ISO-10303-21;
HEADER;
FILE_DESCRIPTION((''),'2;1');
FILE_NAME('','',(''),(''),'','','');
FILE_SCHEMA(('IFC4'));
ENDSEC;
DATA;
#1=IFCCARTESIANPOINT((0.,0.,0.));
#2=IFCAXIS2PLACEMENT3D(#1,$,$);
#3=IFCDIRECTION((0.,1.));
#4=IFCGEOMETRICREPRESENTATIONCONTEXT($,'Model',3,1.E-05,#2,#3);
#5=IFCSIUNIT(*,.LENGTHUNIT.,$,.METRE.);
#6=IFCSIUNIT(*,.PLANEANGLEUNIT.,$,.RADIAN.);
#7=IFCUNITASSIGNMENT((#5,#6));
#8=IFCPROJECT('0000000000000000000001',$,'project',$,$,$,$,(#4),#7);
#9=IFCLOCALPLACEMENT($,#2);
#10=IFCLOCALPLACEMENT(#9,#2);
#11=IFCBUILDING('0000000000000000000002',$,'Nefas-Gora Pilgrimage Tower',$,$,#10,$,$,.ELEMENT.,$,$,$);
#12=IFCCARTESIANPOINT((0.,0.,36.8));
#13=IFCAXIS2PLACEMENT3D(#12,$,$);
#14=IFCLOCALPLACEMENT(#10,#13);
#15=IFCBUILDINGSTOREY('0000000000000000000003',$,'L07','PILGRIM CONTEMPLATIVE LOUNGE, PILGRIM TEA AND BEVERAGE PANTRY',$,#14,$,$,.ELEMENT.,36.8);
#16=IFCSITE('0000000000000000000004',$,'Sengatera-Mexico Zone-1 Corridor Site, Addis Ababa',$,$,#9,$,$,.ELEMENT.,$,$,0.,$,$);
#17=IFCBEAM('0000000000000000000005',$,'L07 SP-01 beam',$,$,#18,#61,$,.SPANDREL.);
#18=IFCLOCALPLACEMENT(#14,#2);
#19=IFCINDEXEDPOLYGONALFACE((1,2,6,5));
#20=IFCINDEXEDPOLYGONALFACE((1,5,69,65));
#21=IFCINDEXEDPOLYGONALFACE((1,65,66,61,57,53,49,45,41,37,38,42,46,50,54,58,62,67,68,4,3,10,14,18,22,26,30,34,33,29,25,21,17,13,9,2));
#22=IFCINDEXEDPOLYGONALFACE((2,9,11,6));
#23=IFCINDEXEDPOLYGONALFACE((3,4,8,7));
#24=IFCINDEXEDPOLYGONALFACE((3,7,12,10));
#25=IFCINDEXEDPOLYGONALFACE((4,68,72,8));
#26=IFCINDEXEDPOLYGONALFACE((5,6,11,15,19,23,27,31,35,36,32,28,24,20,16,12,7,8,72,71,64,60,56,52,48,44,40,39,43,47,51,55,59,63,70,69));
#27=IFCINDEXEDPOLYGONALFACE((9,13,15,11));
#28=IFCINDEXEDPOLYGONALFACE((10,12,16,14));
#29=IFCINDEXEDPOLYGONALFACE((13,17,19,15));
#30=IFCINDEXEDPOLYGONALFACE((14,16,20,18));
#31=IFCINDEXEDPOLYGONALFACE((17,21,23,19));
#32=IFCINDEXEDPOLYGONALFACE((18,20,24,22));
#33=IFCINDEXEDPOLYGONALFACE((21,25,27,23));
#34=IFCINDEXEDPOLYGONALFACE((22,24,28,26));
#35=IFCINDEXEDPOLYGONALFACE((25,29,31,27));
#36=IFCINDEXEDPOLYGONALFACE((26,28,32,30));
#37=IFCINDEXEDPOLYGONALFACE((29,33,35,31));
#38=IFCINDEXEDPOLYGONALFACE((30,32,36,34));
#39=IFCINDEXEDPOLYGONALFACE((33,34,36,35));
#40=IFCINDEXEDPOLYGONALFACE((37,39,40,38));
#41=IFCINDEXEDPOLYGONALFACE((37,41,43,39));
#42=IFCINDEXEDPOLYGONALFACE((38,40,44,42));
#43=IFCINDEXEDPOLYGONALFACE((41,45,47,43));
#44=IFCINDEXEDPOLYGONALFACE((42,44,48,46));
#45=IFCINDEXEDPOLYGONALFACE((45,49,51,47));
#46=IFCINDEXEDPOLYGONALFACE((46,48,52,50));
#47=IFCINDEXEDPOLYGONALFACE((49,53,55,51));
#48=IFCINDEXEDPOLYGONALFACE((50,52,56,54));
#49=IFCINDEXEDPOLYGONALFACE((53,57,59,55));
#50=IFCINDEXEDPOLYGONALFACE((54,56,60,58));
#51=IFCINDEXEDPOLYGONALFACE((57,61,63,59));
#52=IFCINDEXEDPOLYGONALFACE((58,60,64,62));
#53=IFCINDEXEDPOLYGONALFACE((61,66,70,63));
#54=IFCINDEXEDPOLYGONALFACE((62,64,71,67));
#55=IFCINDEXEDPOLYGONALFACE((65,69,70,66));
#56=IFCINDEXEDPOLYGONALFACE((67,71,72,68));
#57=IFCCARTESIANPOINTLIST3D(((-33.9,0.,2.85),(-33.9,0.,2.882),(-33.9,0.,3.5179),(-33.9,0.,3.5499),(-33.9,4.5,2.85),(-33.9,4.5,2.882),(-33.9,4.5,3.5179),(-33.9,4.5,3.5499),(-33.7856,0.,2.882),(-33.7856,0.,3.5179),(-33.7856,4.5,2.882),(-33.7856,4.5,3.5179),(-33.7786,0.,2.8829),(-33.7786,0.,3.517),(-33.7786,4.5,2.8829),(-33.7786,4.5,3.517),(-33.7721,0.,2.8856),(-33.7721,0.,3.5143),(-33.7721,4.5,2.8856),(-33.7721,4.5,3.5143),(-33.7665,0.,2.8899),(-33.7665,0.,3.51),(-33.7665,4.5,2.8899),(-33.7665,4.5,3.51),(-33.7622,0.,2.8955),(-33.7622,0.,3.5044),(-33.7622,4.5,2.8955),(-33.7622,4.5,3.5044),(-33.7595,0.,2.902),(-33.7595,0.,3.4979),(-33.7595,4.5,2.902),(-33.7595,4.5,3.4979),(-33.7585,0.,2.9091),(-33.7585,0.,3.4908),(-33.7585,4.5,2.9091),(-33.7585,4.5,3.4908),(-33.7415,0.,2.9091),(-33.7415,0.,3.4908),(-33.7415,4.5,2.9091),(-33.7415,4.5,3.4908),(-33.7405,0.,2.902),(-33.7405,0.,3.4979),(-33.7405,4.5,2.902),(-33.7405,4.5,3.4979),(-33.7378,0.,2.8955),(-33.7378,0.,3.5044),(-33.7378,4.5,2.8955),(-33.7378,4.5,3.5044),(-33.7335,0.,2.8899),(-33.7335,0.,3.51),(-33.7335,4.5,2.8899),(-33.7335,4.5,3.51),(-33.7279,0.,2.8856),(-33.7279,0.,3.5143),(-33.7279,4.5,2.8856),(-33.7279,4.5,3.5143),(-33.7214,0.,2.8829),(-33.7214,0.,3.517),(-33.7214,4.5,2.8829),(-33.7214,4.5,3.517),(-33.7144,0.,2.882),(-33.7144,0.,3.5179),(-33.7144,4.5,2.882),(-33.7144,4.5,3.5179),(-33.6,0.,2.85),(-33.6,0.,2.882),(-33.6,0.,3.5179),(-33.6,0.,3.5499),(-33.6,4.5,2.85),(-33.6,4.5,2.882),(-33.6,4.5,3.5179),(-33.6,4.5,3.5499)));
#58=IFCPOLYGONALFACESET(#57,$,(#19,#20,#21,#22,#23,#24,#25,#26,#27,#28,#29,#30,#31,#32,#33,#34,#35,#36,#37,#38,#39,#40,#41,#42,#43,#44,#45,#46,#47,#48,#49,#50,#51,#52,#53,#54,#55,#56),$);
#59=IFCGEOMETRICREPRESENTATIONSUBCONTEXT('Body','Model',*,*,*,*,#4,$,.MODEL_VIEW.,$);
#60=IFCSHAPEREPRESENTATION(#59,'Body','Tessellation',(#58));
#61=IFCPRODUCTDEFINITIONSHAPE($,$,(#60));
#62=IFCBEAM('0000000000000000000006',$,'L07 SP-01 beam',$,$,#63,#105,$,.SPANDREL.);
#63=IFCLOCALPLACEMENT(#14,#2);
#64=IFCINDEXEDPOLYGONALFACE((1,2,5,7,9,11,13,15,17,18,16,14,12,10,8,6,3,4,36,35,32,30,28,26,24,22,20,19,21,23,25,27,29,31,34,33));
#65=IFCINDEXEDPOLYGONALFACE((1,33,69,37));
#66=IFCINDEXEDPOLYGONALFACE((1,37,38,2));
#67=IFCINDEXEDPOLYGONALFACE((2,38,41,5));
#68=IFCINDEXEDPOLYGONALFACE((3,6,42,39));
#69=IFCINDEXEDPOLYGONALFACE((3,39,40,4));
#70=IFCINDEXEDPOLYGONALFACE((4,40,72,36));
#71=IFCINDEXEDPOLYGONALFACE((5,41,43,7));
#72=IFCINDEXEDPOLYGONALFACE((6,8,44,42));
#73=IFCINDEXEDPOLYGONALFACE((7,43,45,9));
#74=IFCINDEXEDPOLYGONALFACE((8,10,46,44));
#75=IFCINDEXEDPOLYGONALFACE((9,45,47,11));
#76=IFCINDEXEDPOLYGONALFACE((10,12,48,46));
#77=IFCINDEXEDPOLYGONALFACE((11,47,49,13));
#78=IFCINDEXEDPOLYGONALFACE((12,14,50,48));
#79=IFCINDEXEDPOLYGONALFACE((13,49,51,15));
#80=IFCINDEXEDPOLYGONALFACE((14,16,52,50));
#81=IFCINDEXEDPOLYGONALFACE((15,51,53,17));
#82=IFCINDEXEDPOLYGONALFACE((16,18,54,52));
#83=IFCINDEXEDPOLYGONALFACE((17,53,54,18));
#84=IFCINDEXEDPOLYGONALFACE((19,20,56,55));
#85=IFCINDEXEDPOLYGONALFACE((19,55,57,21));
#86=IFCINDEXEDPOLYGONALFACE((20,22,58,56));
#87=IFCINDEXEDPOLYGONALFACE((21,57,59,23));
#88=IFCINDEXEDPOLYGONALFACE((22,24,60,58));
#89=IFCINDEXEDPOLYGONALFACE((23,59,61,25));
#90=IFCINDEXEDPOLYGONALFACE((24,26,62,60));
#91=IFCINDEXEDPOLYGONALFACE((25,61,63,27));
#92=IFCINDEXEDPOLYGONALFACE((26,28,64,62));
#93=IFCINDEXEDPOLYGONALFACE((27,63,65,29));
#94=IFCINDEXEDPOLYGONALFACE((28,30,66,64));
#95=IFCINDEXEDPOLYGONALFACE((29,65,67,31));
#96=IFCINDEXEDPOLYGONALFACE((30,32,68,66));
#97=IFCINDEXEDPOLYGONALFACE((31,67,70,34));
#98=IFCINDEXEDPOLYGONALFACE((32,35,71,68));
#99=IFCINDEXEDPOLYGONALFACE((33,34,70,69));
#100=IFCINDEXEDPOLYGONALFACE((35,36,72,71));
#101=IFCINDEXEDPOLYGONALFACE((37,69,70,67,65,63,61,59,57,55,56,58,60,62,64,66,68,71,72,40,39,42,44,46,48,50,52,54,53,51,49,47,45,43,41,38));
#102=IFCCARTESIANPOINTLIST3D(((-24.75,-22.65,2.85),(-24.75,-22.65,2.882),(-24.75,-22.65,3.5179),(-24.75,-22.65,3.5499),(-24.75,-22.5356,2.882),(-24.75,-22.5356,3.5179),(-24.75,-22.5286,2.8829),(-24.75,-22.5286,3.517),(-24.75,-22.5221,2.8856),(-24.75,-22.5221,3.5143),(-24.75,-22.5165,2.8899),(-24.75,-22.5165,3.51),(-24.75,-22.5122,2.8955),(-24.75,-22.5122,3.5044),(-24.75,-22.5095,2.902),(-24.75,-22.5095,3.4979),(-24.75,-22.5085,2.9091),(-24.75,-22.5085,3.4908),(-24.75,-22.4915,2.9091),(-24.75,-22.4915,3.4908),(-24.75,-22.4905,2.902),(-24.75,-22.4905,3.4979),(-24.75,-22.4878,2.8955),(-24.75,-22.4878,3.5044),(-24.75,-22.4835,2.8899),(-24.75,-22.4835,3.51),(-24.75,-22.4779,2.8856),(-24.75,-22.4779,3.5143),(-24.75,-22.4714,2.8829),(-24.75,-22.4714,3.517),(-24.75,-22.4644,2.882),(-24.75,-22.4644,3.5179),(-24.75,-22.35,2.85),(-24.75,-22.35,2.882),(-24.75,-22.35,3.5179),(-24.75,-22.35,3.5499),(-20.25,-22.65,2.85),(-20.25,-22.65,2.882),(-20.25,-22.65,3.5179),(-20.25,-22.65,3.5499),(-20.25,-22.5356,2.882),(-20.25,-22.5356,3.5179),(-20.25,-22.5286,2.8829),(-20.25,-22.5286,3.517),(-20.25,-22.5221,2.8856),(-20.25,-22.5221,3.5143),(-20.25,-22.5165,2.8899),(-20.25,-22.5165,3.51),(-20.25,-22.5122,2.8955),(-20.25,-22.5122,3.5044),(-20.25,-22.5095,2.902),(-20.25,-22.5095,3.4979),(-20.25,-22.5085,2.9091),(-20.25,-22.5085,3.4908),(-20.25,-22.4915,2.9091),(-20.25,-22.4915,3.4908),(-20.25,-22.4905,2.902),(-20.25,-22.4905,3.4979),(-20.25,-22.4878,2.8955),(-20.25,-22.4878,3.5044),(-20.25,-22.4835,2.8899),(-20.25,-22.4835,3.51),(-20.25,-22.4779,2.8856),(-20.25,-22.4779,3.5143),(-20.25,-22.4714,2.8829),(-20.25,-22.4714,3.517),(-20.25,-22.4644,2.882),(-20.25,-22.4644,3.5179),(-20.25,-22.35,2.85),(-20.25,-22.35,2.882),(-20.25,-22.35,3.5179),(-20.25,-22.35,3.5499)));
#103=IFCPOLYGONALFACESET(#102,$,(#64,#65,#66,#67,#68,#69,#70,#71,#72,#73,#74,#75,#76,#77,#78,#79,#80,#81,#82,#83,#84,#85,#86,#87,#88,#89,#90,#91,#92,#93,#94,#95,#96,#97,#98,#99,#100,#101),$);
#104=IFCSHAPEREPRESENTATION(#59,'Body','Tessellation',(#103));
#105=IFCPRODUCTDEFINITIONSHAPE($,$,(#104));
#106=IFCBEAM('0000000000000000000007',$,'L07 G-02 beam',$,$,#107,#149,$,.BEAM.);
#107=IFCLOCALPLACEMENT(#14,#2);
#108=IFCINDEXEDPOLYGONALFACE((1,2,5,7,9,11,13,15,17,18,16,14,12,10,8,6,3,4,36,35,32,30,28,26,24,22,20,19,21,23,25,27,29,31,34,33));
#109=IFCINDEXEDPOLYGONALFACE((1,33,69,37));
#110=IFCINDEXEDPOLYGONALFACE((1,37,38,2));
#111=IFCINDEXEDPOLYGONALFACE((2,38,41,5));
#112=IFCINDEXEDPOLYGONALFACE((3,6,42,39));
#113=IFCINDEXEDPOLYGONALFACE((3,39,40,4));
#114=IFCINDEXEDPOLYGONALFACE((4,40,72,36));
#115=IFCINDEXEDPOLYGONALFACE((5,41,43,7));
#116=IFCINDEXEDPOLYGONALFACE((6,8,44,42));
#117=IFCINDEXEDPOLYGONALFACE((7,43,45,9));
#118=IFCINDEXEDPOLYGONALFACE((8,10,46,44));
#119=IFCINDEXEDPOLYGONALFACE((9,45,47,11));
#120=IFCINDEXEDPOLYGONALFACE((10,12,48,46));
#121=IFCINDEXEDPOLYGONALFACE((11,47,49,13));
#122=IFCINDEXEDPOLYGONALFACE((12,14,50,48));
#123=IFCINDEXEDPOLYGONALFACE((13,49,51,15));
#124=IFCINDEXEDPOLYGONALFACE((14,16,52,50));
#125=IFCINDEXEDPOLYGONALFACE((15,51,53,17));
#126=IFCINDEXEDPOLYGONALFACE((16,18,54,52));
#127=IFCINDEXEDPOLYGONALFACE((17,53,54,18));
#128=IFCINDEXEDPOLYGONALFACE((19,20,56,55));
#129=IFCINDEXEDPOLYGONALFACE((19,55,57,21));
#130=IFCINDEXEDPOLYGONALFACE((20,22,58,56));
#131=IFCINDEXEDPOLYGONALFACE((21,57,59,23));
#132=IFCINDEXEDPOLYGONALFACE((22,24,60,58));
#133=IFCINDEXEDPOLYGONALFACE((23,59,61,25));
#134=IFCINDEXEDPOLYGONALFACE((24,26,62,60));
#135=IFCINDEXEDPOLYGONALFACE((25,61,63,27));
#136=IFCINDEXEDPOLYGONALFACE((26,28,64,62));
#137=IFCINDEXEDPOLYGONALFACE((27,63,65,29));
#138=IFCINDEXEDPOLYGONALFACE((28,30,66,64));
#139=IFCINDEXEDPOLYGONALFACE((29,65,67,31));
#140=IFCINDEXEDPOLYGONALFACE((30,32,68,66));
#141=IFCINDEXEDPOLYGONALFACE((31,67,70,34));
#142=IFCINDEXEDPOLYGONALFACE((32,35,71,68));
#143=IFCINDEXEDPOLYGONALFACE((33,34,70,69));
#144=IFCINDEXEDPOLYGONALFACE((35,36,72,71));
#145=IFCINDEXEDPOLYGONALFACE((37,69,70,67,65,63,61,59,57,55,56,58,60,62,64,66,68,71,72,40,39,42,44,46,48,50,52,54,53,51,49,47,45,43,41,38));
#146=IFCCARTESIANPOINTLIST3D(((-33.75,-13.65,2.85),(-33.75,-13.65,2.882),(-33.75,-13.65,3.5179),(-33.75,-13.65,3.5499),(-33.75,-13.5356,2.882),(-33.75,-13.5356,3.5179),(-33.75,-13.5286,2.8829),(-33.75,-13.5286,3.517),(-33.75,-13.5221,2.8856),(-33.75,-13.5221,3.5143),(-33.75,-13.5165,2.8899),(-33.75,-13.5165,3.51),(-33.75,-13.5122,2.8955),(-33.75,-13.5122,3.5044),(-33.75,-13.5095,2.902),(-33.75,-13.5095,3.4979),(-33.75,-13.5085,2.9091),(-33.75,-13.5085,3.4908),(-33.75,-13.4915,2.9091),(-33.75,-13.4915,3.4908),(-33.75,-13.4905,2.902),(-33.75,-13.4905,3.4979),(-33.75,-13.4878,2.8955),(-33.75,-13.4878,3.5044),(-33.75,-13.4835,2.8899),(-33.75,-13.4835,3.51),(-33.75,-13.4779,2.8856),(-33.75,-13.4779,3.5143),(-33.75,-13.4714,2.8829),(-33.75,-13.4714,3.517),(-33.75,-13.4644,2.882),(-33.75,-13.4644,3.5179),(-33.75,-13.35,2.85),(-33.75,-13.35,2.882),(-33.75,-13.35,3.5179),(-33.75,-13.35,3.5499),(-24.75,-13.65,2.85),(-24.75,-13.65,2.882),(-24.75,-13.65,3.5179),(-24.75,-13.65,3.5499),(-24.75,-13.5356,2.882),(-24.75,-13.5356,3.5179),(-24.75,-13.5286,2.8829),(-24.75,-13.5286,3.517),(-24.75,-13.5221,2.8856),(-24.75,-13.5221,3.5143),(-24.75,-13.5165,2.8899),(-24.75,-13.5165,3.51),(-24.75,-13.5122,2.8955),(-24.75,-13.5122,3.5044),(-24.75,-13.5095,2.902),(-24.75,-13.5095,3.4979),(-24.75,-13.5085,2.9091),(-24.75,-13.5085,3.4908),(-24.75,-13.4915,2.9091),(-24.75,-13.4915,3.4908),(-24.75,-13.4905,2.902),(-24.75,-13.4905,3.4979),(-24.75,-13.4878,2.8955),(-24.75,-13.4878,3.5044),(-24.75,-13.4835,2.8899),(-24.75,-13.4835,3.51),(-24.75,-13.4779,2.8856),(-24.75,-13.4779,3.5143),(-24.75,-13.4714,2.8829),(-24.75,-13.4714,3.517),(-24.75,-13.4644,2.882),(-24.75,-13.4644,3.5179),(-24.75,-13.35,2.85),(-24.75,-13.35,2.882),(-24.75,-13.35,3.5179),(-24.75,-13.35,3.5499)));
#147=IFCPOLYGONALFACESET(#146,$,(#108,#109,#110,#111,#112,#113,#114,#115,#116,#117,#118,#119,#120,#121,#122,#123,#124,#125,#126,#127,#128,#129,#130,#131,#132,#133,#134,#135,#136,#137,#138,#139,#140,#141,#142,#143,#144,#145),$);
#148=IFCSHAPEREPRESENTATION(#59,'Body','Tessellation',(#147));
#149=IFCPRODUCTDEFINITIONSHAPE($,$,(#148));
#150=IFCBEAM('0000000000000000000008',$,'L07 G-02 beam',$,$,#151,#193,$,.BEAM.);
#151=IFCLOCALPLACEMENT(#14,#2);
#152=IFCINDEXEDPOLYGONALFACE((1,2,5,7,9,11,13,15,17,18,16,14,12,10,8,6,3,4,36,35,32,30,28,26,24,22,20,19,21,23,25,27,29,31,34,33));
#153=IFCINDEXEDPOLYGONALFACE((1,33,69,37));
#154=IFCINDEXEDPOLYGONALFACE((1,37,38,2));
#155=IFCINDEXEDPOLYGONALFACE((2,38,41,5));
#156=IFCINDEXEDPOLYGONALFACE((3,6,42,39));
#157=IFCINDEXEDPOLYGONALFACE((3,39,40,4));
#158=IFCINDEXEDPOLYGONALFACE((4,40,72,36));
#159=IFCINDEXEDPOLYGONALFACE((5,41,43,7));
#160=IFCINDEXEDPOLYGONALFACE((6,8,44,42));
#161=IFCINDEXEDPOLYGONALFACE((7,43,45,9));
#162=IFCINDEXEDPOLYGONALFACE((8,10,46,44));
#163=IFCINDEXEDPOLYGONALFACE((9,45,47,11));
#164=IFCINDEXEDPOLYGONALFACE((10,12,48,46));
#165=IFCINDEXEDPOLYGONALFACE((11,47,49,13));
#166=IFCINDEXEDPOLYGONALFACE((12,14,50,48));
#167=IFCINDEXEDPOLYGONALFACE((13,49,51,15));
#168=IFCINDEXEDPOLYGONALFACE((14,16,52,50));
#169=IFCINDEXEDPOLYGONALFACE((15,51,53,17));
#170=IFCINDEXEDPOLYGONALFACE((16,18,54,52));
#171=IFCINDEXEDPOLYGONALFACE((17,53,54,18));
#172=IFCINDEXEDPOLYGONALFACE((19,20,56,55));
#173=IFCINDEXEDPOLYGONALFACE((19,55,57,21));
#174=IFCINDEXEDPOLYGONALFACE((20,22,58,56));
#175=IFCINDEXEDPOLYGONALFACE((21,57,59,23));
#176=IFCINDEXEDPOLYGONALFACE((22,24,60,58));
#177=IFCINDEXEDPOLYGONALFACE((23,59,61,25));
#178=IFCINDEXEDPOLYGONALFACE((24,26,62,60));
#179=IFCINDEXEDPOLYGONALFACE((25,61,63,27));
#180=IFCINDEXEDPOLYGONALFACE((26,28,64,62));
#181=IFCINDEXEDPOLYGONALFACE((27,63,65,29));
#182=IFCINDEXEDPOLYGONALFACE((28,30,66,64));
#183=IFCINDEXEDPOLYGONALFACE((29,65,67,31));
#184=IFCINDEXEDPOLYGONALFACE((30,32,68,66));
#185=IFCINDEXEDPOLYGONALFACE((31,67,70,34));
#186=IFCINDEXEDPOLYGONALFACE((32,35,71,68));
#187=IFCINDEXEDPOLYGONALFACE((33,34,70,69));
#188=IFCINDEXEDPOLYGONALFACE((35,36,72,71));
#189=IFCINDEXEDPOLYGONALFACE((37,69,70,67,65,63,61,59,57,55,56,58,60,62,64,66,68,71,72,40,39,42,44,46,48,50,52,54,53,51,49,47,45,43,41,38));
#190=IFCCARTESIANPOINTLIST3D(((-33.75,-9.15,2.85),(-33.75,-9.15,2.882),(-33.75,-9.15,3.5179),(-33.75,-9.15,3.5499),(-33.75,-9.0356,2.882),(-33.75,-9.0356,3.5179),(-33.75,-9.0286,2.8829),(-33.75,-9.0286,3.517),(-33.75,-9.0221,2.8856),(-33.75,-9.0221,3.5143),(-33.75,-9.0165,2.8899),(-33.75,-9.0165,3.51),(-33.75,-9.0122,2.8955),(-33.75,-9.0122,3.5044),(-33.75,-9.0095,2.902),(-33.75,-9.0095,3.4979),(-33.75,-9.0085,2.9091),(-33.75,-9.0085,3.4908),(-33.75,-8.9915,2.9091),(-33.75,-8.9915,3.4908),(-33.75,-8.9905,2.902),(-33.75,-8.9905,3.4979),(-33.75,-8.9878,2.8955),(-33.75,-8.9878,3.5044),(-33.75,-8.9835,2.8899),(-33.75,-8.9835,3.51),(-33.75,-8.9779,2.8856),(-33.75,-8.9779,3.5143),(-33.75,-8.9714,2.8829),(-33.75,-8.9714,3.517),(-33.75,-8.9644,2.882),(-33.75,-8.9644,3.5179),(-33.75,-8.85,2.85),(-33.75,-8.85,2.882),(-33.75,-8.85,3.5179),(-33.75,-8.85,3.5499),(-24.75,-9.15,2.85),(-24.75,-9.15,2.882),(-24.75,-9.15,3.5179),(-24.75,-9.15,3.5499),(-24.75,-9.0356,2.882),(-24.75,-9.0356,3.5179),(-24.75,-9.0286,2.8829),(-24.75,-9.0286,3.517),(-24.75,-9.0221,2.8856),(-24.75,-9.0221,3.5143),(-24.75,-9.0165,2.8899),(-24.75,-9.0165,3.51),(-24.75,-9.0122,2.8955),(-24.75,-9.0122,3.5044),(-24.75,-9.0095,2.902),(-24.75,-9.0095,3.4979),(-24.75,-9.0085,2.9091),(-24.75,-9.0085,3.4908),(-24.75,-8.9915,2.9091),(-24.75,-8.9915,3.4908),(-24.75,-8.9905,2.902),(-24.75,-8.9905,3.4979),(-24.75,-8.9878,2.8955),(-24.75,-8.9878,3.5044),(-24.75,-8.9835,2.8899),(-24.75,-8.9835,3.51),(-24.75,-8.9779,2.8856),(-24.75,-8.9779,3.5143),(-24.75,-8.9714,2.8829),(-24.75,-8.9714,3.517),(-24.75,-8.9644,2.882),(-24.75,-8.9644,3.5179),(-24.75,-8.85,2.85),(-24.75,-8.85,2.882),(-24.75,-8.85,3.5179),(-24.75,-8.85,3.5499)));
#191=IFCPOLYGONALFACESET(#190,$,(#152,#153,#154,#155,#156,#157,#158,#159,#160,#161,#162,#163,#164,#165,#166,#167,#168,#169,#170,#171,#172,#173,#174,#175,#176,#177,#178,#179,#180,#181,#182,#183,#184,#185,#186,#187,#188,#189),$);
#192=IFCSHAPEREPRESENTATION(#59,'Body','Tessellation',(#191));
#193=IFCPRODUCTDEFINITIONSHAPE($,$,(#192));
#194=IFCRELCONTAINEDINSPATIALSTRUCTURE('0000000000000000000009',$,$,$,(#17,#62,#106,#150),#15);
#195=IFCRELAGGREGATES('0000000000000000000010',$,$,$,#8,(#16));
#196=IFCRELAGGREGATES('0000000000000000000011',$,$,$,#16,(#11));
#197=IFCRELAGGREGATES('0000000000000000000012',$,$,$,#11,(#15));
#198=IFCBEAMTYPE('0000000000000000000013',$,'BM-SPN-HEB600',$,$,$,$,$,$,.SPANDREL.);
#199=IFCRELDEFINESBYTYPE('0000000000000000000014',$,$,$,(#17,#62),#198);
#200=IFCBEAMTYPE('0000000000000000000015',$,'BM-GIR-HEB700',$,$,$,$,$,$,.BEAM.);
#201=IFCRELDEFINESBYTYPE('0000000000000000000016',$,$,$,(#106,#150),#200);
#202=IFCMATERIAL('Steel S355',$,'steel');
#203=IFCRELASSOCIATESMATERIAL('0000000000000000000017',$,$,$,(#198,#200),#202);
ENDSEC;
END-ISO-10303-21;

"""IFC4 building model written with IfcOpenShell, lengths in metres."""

from ifc_helpers import new_model, si_unit, direction, frame, origin, origin_2d, place, context, subcontext, project, spatial, i_section, extrude, source, transform, mapped, material, material_profile, profile_set, type_object, element, save


model = new_model("IFC4")

# Units and contexts
model_context = context("Model", 3, precision=1e-05, world=origin(), true_north=direction((0.0, 1.0)))
body_context = subcontext(model_context, "Body", "Model", "MODEL_VIEW")
ifc_project = project(units=[si_unit("LENGTHUNIT", "METRE"), si_unit("PLANEANGLEUNIT", "RADIAN")], contexts=[model_context])

# Site, building, storey
site_placement = place(None, origin())
site = spatial("IfcSite", under=ifc_project, at=site_placement, Name="Sengatera-Mexico Zone-1 Corridor Site, Addis Ababa", CompositionType="ELEMENT", RefElevation=0.0)
building_placement = place(site_placement, origin())
building = spatial("IfcBuilding", under=site, at=building_placement, Name="Nefas-Gora Pilgrimage Tower", CompositionType="ELEMENT")
storey_placement = place(building_placement, frame((0.0, 0.0, 36.8)))
storey = spatial("IfcBuildingStorey", under=building, at=storey_placement, Name="L07", Description="PILGRIM CONTEMPLATIVE LOUNGE, PILGRIM TEA AND BEVERAGE PANTRY", CompositionType="ELEMENT", Elevation=36.8)

# Beams
ifc_material_1 = material(Name="Steel S355", Category="steel")
ifc_material_profile_1 = material_profile(ifc_material_1, i_section(OverallWidth=0.3, OverallDepth=0.7, WebThickness=0.0171, FlangeThickness=0.032, FilletRadius=0.0271, at=origin_2d()), Name="HEB 700")
ifc_profile_set_1 = profile_set([ifc_material_profile_1], Name="Steel S355")
beam_type_1 = type_object("IfcBeamType", Name="BM-SPN-HEB600", PredefinedType="SPANDREL", material=ifc_profile_set_1)
shared_shape_1 = source(origin(), body_context, "Body", "SweptSolid", [
    extrude(i_section(OverallWidth=0.3, OverallDepth=0.7, WebThickness=0.0171, FlangeThickness=0.032, FilletRadius=0.0271, at=origin_2d()), origin(), (0.0, 0.0, 1.0), 4.5),
])
for number, where, z_axis, x_axis, name in (
    (1, (-33.75, 0.0, 3.2), (0.0, 1.0, 0.0), (-1.0, 0.0, 0.0), "L07 SP-01 beam"),
    (2, (-24.75, -22.5, 3.2), (1.0, 0.0, 0.0), (0.0, 1.0, 0.0), "L07 SP-01 beam"),
):
    element("IfcBeam", number, at=place(storey_placement, frame(where, z_axis=z_axis, x_axis=x_axis)), inside=storey, type_object=beam_type_1, Name=name, PredefinedType="SPANDREL", context=body_context, shape_type="MappedRepresentation", body=[
        mapped(shared_shape_1, transform((0.0, 0.0, 0.0), x_axis=(1.0, 0.0, 0.0), y_axis=(0.0, 1.0, 0.0), z_axis=(0.0, 0.0, 1.0), scale=1.0)),
    ])
ifc_material_profile_2 = material_profile(ifc_material_1, i_section(OverallWidth=0.3, OverallDepth=0.7, WebThickness=0.0171, FlangeThickness=0.032, FilletRadius=0.0271, at=origin_2d()), Name="HEB 700")
ifc_profile_set_2 = profile_set([ifc_material_profile_2], Name="Steel S355")
beam_type_2 = type_object("IfcBeamType", Name="BM-GIR-HEB700", PredefinedType="BEAM", material=ifc_profile_set_2)
shared_shape_2 = source(origin(), body_context, "Body", "SweptSolid", [
    extrude(i_section(OverallWidth=0.3, OverallDepth=0.7, WebThickness=0.0171, FlangeThickness=0.032, FilletRadius=0.0271, at=origin_2d()), origin(), (0.0, 0.0, 1.0), 9.0),
])
for number, where, z_axis, x_axis, name in (
    (3, (-33.75, -13.5, 3.2), (1.0, 0.0, 0.0), (0.0, 1.0, 0.0), "L07 G-02 beam"),
    (4, (-33.75, -9.0, 3.2), (1.0, 0.0, 0.0), (0.0, 1.0, 0.0), "L07 G-02 beam"),
):
    element("IfcBeam", number, at=place(storey_placement, frame(where, z_axis=z_axis, x_axis=x_axis)), inside=storey, type_object=beam_type_2, Name=name, PredefinedType="BEAM", context=body_context, shape_type="MappedRepresentation", body=[
        mapped(shared_shape_2, transform((0.0, 0.0, 0.0), x_axis=(1.0, 0.0, 0.0), y_axis=(0.0, 1.0, 0.0), z_axis=(0.0, 0.0, 1.0), scale=1.0)),
    ])

save(model, "model.ifc")
